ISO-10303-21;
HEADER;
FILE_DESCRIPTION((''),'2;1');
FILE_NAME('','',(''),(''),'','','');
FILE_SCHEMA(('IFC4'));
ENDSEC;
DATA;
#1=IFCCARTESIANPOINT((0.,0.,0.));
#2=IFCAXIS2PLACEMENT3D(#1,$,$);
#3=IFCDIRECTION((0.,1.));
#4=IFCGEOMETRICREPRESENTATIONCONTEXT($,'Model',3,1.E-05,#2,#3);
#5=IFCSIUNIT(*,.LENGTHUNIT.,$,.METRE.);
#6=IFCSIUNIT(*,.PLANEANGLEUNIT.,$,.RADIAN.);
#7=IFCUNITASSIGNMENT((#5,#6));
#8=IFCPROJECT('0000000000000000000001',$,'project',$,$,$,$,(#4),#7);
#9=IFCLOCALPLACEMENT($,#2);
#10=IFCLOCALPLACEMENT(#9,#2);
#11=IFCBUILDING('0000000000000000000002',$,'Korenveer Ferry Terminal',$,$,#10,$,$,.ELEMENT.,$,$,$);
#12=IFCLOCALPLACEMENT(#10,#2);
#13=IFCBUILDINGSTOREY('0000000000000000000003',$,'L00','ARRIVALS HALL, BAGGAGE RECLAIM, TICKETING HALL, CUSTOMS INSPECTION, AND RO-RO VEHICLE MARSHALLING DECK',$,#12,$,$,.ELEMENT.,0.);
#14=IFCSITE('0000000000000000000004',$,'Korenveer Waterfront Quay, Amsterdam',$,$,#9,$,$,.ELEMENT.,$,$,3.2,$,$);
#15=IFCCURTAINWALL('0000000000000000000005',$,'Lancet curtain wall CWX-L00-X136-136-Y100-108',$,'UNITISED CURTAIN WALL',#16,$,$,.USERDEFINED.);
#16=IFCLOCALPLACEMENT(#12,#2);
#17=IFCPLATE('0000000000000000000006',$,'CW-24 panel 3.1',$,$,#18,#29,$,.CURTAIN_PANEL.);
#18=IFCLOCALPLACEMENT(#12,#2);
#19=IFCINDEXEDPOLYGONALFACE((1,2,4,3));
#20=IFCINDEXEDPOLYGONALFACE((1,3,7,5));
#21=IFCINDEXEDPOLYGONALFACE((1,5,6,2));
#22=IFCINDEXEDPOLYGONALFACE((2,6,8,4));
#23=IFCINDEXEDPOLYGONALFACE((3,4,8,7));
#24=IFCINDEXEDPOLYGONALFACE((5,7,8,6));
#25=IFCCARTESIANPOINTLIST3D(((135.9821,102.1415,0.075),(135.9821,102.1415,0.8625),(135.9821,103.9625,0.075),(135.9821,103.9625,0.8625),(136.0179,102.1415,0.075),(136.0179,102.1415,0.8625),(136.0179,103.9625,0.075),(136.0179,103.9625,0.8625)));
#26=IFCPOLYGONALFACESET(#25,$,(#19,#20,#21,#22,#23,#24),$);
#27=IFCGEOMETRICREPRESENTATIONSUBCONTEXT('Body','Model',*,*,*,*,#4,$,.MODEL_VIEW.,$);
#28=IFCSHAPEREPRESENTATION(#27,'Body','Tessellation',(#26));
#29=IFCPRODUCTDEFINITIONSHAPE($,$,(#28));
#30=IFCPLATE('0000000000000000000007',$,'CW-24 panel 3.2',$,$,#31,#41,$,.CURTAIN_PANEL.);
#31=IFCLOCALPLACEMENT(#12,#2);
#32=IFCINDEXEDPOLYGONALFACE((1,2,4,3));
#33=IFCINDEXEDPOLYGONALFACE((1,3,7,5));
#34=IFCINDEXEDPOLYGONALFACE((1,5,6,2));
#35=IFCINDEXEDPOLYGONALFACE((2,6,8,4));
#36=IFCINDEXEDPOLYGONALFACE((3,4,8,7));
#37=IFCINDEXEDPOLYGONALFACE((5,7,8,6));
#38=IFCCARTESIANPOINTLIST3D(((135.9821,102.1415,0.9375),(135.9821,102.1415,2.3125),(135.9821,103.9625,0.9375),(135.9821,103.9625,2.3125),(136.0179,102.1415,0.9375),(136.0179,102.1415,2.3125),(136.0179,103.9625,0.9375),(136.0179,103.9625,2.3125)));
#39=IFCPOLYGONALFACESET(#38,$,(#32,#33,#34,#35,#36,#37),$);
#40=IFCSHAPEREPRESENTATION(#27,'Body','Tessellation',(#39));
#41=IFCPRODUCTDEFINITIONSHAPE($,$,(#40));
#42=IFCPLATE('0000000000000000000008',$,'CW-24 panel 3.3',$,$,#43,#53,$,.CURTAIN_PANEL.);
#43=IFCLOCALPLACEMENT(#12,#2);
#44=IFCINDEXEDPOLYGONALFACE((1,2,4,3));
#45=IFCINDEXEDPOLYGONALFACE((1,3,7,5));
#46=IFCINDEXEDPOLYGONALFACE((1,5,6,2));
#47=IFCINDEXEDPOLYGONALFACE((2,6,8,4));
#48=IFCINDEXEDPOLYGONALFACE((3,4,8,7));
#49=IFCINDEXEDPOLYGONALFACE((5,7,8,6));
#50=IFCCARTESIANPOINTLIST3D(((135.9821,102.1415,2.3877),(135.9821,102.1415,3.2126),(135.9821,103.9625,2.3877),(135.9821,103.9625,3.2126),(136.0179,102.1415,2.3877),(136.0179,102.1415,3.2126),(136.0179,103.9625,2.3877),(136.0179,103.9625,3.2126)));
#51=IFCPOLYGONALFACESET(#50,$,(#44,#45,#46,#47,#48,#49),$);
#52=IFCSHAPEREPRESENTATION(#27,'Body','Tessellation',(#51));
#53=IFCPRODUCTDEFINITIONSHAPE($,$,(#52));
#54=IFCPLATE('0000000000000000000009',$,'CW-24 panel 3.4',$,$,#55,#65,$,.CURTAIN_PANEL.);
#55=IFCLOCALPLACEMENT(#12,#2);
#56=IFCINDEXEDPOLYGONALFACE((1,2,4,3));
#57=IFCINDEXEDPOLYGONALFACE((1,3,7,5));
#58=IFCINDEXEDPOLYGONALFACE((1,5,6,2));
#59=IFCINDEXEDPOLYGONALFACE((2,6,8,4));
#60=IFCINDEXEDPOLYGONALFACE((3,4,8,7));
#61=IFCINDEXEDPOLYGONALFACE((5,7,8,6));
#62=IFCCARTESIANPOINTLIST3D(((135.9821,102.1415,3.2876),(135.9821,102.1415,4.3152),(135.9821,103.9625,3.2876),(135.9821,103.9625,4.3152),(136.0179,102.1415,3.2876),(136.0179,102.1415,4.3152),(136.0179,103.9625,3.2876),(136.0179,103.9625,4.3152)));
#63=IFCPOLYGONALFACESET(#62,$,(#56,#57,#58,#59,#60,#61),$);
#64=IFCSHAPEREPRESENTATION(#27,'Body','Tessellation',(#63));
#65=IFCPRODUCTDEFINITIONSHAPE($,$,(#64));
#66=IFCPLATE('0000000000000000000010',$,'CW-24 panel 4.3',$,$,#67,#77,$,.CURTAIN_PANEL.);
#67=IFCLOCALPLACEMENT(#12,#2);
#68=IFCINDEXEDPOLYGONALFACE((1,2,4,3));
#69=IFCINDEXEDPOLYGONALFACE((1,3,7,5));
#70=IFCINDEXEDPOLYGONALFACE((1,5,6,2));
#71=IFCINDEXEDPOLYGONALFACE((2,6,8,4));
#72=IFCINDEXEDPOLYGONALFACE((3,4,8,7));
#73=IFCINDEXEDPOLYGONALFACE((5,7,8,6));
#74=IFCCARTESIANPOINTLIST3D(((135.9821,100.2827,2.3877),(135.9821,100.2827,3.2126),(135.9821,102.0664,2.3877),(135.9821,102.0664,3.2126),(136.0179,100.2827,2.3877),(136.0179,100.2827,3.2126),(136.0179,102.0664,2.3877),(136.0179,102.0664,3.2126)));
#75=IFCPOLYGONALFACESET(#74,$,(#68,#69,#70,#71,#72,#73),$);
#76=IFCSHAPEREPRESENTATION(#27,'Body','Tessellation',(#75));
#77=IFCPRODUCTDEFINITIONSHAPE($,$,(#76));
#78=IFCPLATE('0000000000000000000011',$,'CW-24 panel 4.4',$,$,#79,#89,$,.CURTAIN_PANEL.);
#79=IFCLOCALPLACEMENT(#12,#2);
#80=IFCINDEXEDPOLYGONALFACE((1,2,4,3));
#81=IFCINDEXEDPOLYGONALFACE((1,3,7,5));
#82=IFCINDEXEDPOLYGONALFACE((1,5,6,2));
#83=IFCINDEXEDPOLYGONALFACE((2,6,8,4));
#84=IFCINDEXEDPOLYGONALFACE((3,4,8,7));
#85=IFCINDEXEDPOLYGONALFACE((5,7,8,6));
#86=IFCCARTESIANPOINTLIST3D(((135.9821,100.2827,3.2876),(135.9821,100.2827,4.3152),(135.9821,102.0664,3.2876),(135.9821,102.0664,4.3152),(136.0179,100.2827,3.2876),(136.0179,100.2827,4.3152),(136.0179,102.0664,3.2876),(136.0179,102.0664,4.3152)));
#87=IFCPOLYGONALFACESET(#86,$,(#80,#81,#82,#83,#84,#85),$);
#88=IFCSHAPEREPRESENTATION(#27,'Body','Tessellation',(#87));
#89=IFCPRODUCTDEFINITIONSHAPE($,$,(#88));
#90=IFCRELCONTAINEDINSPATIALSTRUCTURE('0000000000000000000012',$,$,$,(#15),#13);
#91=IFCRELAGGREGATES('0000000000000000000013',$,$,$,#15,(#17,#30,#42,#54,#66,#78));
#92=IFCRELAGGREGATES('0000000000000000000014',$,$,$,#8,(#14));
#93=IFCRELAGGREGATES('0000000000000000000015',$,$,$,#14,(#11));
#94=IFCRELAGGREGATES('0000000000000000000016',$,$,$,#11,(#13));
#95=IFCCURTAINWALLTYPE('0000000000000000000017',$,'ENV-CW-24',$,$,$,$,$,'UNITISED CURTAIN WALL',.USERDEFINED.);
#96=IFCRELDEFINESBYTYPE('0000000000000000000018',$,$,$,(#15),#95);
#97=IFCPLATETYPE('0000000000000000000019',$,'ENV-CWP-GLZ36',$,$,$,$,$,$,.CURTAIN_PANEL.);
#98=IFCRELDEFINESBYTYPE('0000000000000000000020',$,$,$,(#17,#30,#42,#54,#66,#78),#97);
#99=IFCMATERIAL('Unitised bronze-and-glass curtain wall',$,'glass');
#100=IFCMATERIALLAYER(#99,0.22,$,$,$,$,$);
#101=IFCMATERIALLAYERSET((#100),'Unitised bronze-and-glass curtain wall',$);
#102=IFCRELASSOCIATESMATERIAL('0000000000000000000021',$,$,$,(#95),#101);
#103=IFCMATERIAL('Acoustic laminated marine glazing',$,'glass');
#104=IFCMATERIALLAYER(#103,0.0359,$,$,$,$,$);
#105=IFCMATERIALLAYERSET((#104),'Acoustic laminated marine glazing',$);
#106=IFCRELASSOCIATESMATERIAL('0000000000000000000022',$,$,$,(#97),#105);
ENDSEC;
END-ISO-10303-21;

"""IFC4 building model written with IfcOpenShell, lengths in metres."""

from ifc_helpers import new_model, si_unit, direction, frame, origin, origin_2d, place, context, subcontext, project, spatial, rectangle, extrude, material, layer, layer_set, type_object, element, aggregate, save


model = new_model("IFC4")

# Units and contexts
model_context = context("Model", 3, precision=1e-05, world=origin(), true_north=direction((0.0, 1.0)))
body_context = subcontext(model_context, "Body", "Model", "MODEL_VIEW")
ifc_project = project(units=[si_unit("LENGTHUNIT", "METRE"), si_unit("PLANEANGLEUNIT", "RADIAN")], contexts=[model_context])

# Site, building, storey
site_placement = place(None, origin())
site = spatial("IfcSite", under=ifc_project, at=site_placement, Name="Korenveer Waterfront Quay, Amsterdam", CompositionType="ELEMENT", RefElevation=3.2)
building_placement = place(site_placement, origin())
building = spatial("IfcBuilding", under=site, at=building_placement, Name="Korenveer Ferry Terminal", CompositionType="ELEMENT")
storey_placement = place(building_placement, origin())
storey = spatial("IfcBuildingStorey", under=building, at=storey_placement, Name="L00", Description="ARRIVALS HALL, BAGGAGE RECLAIM, TICKETING HALL, CUSTOMS INSPECTION, AND RO-RO VEHICLE MARSHALLING DECK", CompositionType="ELEMENT", Elevation=0.0)

# Curtain wall, plates
ifc_material_1 = material(Name="Unitised bronze-and-glass curtain wall", Category="glass")
ifc_layer_1 = layer(ifc_material_1, 0.22)
ifc_layer_set_1 = layer_set([ifc_layer_1], Name="Unitised bronze-and-glass curtain wall")
curtain_wall_type = type_object("IfcCurtainWallType", Name="ENV-CW-24", ElementType="UNITISED CURTAIN WALL", PredefinedType="USERDEFINED", material=ifc_layer_set_1)
curtain_wall_placement = place(storey_placement, frame((136.0, 107.7922, 0.0)))
curtain_wall = element("IfcCurtainWall", 1, at=curtain_wall_placement, inside=storey, type_object=curtain_wall_type, Name="Lancet curtain wall CWX-L00-X136-136-Y100-108", ObjectType="UNITISED CURTAIN WALL", PredefinedType="USERDEFINED")
ifc_material_2 = material(Name="Acoustic laminated marine glazing", Category="glass")
ifc_layer_2 = layer(ifc_material_2, 0.0359)
ifc_layer_set_2 = layer_set([ifc_layer_2], Name="Acoustic laminated marine glazing")
plate_type = type_object("IfcPlateType", Name="ENV-CWP-GLZ36", PredefinedType="CURTAIN_PANEL", material=ifc_layer_set_2)
plate_1_placement = place(storey_placement, frame((136.0, 103.052, 0.075), z_axis=(0.0, 0.0, 1.0), x_axis=(0.0, -1.0, 0.0)))
plate_1 = element("IfcPlate", 2, at=plate_1_placement, type_object=plate_type, Name="CW-24 panel 3.1", PredefinedType="CURTAIN_PANEL", context=body_context, shape_type="SweptSolid", body=[
    extrude(rectangle(XDim=1.821, YDim=0.0359, at=origin_2d()), origin(), (0.0, 0.0, 1.0), 0.7876),
])
plate_2_placement = place(storey_placement, frame((136.0, 103.052, 0.9375), z_axis=(0.0, 0.0, 1.0), x_axis=(0.0, -1.0, 0.0)))
plate_2 = element("IfcPlate", 3, at=plate_2_placement, type_object=plate_type, Name="CW-24 panel 3.2", PredefinedType="CURTAIN_PANEL", context=body_context, shape_type="SweptSolid", body=[
    extrude(rectangle(XDim=1.821, YDim=0.0359, at=origin_2d()), origin(), (0.0, 0.0, 1.0), 1.375),
])
plate_3_placement = place(storey_placement, frame((136.0, 103.052, 2.3877), z_axis=(0.0, 0.0, 1.0), x_axis=(0.0, -1.0, 0.0)))
plate_3 = element("IfcPlate", 4, at=plate_3_placement, type_object=plate_type, Name="CW-24 panel 3.3", PredefinedType="CURTAIN_PANEL", context=body_context, shape_type="SweptSolid", body=[
    extrude(rectangle(XDim=1.821, YDim=0.0359, at=origin_2d()), origin(), (0.0, 0.0, 1.0), 0.825),
])
plate_4_placement = place(storey_placement, frame((136.0, 103.052, 3.2876), z_axis=(0.0, 0.0, 1.0), x_axis=(0.0, -1.0, 0.0)))
plate_4 = element("IfcPlate", 5, at=plate_4_placement, type_object=plate_type, Name="CW-24 panel 3.4", PredefinedType="CURTAIN_PANEL", context=body_context, shape_type="SweptSolid", body=[
    extrude(rectangle(XDim=1.821, YDim=0.0359, at=origin_2d()), origin(), (0.0, 0.0, 1.0), 1.0276),
])
plate_5_placement = place(storey_placement, frame((136.0, 101.1746, 2.3877), z_axis=(0.0, 0.0, 1.0), x_axis=(0.0, -1.0, 0.0)))
plate_5 = element("IfcPlate", 6, at=plate_5_placement, type_object=plate_type, Name="CW-24 panel 4.3", PredefinedType="CURTAIN_PANEL", context=body_context, shape_type="SweptSolid", body=[
    extrude(rectangle(XDim=1.7837, YDim=0.0359, at=origin_2d()), origin(), (0.0, 0.0, 1.0), 0.825),
])
plate_6_placement = place(storey_placement, frame((136.0, 101.1746, 3.2876), z_axis=(0.0, 0.0, 1.0), x_axis=(0.0, -1.0, 0.0)))
plate_6 = element("IfcPlate", 7, at=plate_6_placement, type_object=plate_type, Name="CW-24 panel 4.4", PredefinedType="CURTAIN_PANEL", context=body_context, shape_type="SweptSolid", body=[
    extrude(rectangle(XDim=1.7837, YDim=0.0359, at=origin_2d()), origin(), (0.0, 0.0, 1.0), 1.0276),
])
aggregate(curtain_wall, [plate_1, plate_2, plate_3, plate_4, plate_5, plate_6])

save(model, "model.ifc")
